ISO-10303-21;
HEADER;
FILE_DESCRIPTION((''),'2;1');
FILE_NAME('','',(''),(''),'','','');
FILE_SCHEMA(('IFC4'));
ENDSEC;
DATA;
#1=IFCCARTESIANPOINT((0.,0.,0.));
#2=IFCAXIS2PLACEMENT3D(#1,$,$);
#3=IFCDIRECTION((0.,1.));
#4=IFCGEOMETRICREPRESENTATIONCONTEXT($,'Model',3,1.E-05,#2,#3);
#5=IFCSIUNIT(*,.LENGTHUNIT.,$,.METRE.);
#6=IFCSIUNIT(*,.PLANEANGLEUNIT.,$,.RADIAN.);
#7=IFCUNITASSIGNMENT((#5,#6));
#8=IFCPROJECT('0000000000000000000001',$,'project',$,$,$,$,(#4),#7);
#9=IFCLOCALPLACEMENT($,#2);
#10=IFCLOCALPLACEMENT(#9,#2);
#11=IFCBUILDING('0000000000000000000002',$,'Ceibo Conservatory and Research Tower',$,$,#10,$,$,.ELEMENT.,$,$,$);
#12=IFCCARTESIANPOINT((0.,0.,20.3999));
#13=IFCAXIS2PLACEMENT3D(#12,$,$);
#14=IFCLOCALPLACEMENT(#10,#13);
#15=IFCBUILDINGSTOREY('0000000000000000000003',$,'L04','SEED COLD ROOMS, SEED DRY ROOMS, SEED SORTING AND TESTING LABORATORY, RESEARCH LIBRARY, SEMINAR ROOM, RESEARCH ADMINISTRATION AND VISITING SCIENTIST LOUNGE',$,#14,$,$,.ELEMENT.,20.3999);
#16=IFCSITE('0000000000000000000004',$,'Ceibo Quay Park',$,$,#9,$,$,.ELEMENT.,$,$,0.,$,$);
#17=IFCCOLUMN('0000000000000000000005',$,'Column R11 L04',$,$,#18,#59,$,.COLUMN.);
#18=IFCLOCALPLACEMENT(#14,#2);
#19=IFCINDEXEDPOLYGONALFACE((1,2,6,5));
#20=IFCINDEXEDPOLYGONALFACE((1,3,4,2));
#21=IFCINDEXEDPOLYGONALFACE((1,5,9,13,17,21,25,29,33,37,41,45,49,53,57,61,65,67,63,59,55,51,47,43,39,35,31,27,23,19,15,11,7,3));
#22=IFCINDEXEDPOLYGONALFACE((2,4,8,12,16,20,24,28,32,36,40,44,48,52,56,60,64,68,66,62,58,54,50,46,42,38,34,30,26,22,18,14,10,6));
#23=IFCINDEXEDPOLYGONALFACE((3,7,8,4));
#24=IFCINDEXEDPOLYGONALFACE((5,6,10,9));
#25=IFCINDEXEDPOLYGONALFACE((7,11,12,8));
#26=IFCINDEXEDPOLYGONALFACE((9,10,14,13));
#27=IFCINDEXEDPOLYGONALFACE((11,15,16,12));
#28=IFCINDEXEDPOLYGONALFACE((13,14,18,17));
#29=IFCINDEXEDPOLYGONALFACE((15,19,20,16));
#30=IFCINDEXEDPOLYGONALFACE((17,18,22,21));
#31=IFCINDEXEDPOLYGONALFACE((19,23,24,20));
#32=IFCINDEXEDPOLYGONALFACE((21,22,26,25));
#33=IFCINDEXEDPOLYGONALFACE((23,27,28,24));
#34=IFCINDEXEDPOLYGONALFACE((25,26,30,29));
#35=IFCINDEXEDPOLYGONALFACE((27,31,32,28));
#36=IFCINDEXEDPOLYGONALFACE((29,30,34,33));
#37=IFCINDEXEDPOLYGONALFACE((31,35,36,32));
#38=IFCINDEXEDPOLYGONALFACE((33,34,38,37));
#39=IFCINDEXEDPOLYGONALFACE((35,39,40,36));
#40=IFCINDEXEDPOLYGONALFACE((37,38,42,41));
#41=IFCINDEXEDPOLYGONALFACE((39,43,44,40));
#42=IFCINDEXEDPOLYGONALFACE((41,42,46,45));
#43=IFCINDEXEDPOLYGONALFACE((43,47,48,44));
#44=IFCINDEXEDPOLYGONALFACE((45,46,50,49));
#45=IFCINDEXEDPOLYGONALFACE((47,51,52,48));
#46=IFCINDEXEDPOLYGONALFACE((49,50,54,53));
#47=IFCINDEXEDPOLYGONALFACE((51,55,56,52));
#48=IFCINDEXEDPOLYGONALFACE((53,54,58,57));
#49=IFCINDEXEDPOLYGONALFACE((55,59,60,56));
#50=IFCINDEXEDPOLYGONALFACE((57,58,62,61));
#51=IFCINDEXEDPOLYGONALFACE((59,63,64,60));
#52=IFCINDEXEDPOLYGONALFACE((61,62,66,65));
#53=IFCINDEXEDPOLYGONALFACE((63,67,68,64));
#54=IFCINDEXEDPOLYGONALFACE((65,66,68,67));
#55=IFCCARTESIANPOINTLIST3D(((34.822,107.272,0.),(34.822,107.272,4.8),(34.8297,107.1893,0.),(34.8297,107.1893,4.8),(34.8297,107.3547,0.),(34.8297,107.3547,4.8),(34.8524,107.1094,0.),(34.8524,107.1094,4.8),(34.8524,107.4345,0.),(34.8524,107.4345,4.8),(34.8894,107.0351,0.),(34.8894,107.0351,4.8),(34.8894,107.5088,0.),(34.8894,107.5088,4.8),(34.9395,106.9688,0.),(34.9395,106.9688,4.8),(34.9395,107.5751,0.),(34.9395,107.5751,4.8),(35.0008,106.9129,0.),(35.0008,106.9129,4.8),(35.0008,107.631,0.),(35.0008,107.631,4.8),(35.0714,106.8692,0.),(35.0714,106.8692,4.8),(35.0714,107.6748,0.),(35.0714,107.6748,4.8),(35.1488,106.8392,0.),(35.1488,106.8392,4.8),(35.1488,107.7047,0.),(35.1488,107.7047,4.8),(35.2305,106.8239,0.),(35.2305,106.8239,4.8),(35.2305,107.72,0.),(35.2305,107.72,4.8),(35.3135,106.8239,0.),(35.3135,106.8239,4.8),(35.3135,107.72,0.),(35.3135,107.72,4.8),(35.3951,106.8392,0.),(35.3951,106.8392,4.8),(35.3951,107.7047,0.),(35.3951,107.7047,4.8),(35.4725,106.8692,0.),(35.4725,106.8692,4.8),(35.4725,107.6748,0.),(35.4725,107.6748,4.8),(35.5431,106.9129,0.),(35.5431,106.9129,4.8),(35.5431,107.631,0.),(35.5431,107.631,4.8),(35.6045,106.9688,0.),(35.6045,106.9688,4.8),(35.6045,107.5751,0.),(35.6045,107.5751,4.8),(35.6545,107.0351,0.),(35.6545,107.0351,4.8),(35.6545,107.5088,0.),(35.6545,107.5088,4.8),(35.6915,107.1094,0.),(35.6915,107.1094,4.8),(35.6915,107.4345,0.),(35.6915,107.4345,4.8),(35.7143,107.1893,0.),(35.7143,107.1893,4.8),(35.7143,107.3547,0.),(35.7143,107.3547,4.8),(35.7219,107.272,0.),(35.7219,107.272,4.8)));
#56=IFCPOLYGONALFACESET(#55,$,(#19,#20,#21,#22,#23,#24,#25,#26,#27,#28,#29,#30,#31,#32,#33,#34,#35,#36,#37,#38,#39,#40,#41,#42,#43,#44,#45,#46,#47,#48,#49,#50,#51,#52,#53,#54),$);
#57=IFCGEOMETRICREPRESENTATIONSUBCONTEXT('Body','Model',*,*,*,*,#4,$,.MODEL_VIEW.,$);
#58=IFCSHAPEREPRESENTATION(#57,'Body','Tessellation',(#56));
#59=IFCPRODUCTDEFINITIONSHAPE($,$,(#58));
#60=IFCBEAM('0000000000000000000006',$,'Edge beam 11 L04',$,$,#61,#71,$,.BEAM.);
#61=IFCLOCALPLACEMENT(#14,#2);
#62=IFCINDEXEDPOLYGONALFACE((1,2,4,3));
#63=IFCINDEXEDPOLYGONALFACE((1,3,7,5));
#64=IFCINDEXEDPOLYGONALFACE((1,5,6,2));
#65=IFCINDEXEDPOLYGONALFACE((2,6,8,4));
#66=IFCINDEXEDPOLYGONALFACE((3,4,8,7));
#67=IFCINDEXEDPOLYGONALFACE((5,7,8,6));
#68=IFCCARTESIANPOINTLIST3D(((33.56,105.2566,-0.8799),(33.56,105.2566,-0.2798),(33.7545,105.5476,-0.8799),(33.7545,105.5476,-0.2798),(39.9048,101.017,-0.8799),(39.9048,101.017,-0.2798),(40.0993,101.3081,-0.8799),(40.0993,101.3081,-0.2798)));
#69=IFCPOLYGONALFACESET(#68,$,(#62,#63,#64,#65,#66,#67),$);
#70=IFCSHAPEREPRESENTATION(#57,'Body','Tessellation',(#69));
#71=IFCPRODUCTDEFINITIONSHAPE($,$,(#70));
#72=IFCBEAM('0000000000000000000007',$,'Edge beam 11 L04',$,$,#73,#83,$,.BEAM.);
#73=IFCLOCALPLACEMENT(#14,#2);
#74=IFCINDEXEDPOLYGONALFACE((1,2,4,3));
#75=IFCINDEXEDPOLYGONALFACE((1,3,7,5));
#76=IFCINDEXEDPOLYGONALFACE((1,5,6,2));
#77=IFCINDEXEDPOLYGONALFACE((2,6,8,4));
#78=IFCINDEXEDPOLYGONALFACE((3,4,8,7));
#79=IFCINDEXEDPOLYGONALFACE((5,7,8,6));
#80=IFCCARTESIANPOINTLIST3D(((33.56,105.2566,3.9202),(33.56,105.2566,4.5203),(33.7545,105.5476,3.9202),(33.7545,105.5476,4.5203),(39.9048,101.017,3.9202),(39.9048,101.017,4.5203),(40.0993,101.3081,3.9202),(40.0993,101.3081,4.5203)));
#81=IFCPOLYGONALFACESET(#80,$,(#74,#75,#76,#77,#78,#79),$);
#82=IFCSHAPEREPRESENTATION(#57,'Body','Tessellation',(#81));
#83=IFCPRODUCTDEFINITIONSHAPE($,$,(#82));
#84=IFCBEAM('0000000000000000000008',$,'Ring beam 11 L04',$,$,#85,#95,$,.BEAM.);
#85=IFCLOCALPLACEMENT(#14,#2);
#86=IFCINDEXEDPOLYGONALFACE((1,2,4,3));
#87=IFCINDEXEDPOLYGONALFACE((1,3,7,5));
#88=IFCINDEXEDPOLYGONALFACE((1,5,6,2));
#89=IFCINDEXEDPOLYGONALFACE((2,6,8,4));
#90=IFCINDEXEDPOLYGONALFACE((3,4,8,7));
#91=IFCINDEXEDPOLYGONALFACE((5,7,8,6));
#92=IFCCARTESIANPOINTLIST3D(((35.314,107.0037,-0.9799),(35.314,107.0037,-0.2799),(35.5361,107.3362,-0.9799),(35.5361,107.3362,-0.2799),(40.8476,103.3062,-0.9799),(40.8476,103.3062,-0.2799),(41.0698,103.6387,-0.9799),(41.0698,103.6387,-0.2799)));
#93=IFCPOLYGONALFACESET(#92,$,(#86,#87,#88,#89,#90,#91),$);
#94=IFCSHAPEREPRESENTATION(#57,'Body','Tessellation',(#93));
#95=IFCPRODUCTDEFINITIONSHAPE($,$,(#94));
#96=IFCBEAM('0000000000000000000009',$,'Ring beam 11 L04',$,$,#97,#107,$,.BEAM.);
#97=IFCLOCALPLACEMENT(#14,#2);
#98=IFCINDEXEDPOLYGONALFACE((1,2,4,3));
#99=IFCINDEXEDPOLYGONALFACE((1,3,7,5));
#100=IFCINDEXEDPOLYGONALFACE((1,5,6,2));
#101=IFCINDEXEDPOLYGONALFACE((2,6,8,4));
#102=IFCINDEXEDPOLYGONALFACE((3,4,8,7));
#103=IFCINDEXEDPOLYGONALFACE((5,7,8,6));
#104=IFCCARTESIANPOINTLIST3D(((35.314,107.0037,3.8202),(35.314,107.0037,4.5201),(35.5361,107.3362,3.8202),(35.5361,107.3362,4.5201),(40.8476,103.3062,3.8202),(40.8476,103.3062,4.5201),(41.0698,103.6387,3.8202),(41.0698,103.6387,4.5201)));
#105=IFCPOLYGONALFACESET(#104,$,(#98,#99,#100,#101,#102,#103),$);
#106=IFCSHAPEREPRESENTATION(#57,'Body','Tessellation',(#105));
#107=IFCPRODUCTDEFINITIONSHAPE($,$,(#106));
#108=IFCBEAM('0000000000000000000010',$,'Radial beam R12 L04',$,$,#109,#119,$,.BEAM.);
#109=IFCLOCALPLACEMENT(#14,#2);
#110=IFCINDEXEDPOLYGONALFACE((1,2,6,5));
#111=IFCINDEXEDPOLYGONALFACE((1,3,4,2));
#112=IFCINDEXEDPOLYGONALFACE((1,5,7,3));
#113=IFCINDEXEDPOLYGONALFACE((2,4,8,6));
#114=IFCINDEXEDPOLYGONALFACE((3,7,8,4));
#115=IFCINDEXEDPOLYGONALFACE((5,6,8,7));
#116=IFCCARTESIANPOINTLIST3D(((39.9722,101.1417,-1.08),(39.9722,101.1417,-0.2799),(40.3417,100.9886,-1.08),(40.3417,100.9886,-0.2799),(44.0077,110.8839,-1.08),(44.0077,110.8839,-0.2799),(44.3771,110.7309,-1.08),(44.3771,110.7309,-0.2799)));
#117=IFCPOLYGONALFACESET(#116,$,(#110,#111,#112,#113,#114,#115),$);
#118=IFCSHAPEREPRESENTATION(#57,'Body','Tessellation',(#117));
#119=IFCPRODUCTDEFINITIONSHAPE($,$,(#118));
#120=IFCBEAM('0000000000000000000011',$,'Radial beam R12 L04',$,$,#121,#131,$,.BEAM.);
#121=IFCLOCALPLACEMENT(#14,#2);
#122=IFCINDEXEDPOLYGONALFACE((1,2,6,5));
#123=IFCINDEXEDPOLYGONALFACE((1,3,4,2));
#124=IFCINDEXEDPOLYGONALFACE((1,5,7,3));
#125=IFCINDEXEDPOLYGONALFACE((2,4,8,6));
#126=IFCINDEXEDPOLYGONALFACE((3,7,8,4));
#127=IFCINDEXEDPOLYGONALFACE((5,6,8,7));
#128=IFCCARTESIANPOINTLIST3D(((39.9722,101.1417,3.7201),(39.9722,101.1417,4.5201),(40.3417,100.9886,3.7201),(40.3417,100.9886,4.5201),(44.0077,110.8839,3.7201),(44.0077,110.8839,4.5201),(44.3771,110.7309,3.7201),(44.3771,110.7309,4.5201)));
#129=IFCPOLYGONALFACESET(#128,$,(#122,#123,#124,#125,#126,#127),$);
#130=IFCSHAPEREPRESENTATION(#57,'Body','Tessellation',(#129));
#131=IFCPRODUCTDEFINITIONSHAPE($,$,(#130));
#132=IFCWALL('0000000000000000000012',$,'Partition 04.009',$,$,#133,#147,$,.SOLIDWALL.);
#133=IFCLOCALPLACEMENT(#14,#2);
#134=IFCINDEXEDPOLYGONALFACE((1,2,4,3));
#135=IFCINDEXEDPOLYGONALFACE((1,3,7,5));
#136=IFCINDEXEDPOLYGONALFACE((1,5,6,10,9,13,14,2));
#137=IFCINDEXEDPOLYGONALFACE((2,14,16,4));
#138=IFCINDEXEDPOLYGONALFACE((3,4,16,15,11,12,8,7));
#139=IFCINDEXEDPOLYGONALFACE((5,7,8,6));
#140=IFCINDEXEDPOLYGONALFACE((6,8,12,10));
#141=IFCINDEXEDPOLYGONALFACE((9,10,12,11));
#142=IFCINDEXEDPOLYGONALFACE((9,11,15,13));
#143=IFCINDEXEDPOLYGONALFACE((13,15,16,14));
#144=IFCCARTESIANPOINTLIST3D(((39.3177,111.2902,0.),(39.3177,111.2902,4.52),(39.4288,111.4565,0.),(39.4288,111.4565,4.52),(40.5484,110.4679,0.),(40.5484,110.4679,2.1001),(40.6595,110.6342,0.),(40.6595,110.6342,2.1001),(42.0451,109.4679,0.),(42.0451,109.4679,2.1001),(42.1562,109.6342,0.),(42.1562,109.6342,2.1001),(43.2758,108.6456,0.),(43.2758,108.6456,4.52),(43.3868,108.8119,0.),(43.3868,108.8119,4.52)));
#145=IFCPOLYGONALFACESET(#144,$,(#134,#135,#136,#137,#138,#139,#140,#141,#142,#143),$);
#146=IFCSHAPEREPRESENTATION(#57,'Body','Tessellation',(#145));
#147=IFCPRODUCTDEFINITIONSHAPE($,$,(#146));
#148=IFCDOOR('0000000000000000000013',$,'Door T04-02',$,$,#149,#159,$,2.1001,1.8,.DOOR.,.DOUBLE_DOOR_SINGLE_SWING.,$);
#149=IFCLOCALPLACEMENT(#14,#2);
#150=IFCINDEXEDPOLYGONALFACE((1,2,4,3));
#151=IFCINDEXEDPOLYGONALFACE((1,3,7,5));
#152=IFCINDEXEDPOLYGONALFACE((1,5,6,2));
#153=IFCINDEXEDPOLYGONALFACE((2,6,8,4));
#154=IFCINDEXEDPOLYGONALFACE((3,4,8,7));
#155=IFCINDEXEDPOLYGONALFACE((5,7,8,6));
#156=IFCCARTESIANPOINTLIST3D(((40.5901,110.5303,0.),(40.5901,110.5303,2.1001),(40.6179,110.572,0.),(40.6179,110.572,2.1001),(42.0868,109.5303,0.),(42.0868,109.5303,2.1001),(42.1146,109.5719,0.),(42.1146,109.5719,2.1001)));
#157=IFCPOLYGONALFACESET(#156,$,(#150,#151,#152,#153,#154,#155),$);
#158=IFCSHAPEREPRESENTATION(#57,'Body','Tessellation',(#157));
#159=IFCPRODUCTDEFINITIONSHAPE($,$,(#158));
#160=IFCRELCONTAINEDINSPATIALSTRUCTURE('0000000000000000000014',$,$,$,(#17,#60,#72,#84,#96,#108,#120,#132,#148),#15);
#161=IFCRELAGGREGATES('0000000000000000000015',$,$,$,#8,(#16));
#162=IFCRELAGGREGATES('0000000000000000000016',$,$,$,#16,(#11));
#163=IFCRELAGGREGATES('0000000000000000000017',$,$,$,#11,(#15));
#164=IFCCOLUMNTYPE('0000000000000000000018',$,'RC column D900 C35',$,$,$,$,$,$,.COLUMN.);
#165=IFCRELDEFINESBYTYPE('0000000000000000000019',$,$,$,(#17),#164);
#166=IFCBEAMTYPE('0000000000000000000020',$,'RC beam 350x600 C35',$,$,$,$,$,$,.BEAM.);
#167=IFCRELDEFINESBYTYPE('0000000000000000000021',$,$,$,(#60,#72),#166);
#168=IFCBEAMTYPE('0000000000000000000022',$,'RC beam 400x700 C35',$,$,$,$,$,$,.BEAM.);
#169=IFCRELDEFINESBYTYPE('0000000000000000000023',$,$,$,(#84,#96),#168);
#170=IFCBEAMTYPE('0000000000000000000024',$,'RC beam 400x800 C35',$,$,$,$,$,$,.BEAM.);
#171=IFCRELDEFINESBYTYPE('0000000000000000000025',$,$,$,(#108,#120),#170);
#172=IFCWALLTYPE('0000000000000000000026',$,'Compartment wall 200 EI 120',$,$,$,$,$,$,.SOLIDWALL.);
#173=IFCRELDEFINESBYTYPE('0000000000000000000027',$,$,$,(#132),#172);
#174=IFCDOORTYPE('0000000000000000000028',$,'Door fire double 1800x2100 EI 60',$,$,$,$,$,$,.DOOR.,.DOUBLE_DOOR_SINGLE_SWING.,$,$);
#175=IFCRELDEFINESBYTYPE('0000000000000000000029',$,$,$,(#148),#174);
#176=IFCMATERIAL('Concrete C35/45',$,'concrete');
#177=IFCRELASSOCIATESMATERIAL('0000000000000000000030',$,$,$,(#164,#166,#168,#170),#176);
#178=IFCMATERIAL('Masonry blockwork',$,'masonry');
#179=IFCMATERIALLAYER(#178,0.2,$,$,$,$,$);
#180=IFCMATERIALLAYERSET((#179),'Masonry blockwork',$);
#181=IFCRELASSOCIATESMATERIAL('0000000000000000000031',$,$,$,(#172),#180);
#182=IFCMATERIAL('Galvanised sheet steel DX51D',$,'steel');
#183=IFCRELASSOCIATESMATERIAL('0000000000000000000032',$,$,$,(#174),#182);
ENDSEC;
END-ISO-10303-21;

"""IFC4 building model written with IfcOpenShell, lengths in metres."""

from ifc_helpers import new_model, si_unit, direction, frame, frame_2d, origin, origin_2d, place, context, subcontext, project, spatial, rectangle, circle, extrude, material, layer, layer_set, material_profile, profile_set, type_object, element, fill, save


model = new_model("IFC4")

# Units and contexts
model_context = context("Model", 3, precision=1e-05, world=origin(), true_north=direction((0.0, 1.0)))
body_context = subcontext(model_context, "Body", "Model", "MODEL_VIEW")
ifc_project = project(units=[si_unit("LENGTHUNIT", "METRE"), si_unit("PLANEANGLEUNIT", "RADIAN")], contexts=[model_context])

# Site, building, storey
site_placement = place(None, origin())
site = spatial("IfcSite", under=ifc_project, at=site_placement, Name="Ceibo Quay Park", CompositionType="ELEMENT", RefElevation=0.0)
building_placement = place(site_placement, origin())
building = spatial("IfcBuilding", under=site, at=building_placement, Name="Ceibo Conservatory and Research Tower", CompositionType="ELEMENT")
storey_placement = place(building_placement, frame((0.0, 0.0, 20.3999)))
storey = spatial("IfcBuildingStorey", under=building, at=storey_placement, Name="L04", Description="SEED COLD ROOMS, SEED DRY ROOMS, SEED SORTING AND TESTING LABORATORY, RESEARCH LIBRARY, SEMINAR ROOM, RESEARCH ADMINISTRATION AND VISITING SCIENTIST LOUNGE", CompositionType="ELEMENT", Elevation=20.3999)

# Column
ifc_material_1 = material(Name="Concrete C35/45", Category="concrete")
ifc_material_profile_1 = material_profile(ifc_material_1, circle(Radius=0.45, at=origin_2d()), Name="RC D900")
ifc_profile_set_1 = profile_set([ifc_material_profile_1], Name="Concrete C35/45")
column_type = type_object("IfcColumnType", Name="RC column D900 C35", PredefinedType="COLUMN", material=ifc_profile_set_1)
column_placement = place(storey_placement, frame((35.272, 107.272, 0.0), z_axis=(0.0, 0.0, 1.0), x_axis=(1.0, 0.0, 0.0)))
element("IfcColumn", 1, at=column_placement, inside=storey, type_object=column_type, Name="Column R11 L04", PredefinedType="COLUMN", context=body_context, shape_type="SweptSolid", body=[
    extrude(circle(Radius=0.45, at=origin_2d()), origin(), (0.0, 0.0, 1.0), 4.8),
])

# Beams
ifc_material_profile_2 = material_profile(ifc_material_1, rectangle(XDim=0.3501, YDim=0.6001, at=origin_2d()), Name="RC 350x600")
ifc_profile_set_2 = profile_set([ifc_material_profile_2], Name="Concrete C35/45")
beam_type_1 = type_object("IfcBeamType", Name="RC beam 350x600 C35", PredefinedType="BEAM", material=ifc_profile_set_2)
for number, where, z_axis, x_axis, name in (
    (2, (33.6572, 105.4021, -0.5798), (0.831464, -0.555578, 0.0), (0.555578, 0.831464, 0.0), "Edge beam 11 L04"),
    (3, (33.6572, 105.4021, 4.2202), (0.831464, -0.555578, 0.0), (0.555578, 0.831464, 0.0), "Edge beam 11 L04"),
):
    element("IfcBeam", number, at=place(storey_placement, frame(where, z_axis=z_axis, x_axis=x_axis)), inside=storey, type_object=beam_type_1, Name=name, PredefinedType="BEAM", context=body_context, shape_type="SweptSolid", body=[
        extrude(rectangle(XDim=0.3501, YDim=0.6001, at=origin_2d()), origin(), (0.0, 0.0, 1.0), 7.6309),
    ])
ifc_material_profile_3 = material_profile(ifc_material_1, rectangle(XDim=0.3999, YDim=0.7, at=origin_2d()), Name="RC 400x700")
ifc_profile_set_3 = profile_set([ifc_material_profile_3], Name="Concrete C35/45")
beam_type_2 = type_object("IfcBeamType", Name="RC beam 400x700 C35", PredefinedType="BEAM", material=ifc_profile_set_3)
for number, where, z_axis, x_axis, name in (
    (4, (35.425, 107.1699, -0.6299), (0.831469, -0.555572, 0.0), (0.555572, 0.831469, 0.0), "Ring beam 11 L04"),
    (5, (35.425, 107.1699, 4.1702), (0.831469, -0.555572, 0.0), (0.555572, 0.831469, 0.0), "Ring beam 11 L04"),
):
    element("IfcBeam", number, at=place(storey_placement, frame(where, z_axis=z_axis, x_axis=x_axis)), inside=storey, type_object=beam_type_2, Name=name, PredefinedType="BEAM", context=body_context, shape_type="SweptSolid", body=[
        extrude(rectangle(XDim=0.3999, YDim=0.7, at=origin_2d()), origin(), (0.0, 0.0, 1.0), 6.6553),
    ])
ifc_material_profile_4 = material_profile(ifc_material_1, rectangle(XDim=0.3999, YDim=0.8, at=origin_2d()), Name="RC 400x800")
ifc_profile_set_4 = profile_set([ifc_material_profile_4], Name="Concrete C35/45")
beam_type_3 = type_object("IfcBeamType", Name="RC beam 400x800 C35", PredefinedType="BEAM", material=ifc_profile_set_4)
for number, where, z_axis, x_axis, name in (
    (6, (44.1924, 110.8074, -0.6799), (-0.382688, -0.923878, 0.0), (0.923878, -0.382688, 0.0), "Radial beam R12 L04"),
    (7, (44.1924, 110.8074, 4.1201), (-0.382688, -0.923878, 0.0), (0.923878, -0.382688, 0.0), "Radial beam R12 L04"),
):
    element("IfcBeam", number, at=place(storey_placement, frame(where, z_axis=z_axis, x_axis=x_axis)), inside=storey, type_object=beam_type_3, Name=name, PredefinedType="BEAM", context=body_context, shape_type="SweptSolid", body=[
        extrude(rectangle(XDim=0.3999, YDim=0.8, at=origin_2d()), origin(), (0.0, 0.0, 1.0), 10.5449),
    ])

# Wall, opening, door
ifc_material_2 = material(Name="Masonry blockwork", Category="masonry")
ifc_layer_1 = layer(ifc_material_2, 0.2)
ifc_layer_set_1 = layer_set([ifc_layer_1], Name="Masonry blockwork")
wall_type_1 = type_object("IfcWallType", Name="Compartment wall 200 EI 120", PredefinedType="SOLIDWALL", material=ifc_layer_set_1)
wall_1_placement = place(storey_placement, frame((43.3313, 108.7288, 0.0), z_axis=(0.0, 0.0, 1.0), x_axis=(-0.831482, 0.555552, 0.0)))
wall_1 = element("IfcWall", 8, at=wall_1_placement, inside=storey, type_object=wall_type_1, Name="Partition 04.009", PredefinedType="SOLIDWALL", context=body_context, shape_type="SweptSolid", body=[
    extrude(rectangle(XDim=4.7603, YDim=0.2, at=frame_2d((2.3801, 0.0))), origin(), (0.0, 0.0, 1.0), 4.52),
])
opening_1_placement = place(wall_1_placement, frame((1.4802, 0.0, 0.0)))
opening_1 = element("IfcOpeningElement", 9, at=opening_1_placement, cuts=wall_1, PredefinedType="OPENING", context=body_context, shape_type="SweptSolid", body=[
    extrude(rectangle(XDim=1.8, YDim=2.1001, at=frame_2d((0.8999, 1.05))), frame((0.0, 0.1099, 0.0), z_axis=(0.0, -1.0, 0.0), x_axis=(1.0, 0.0, 0.0)), (0.0, 0.0, 1.0), 0.22),
])
ifc_material_3 = material(Name="Galvanised sheet steel DX51D", Category="steel")
door_type_1 = type_object("IfcDoorType", Name="Door fire double 1800x2100 EI 60", OperationType="DOUBLE_DOOR_SINGLE_SWING", PredefinedType="DOOR", material=ifc_material_3)
door_1_placement = place(opening_1_placement, origin())
door_1 = element("IfcDoor", 10, at=door_1_placement, inside=storey, type_object=door_type_1, Name="Door T04-02", OperationType="DOUBLE_DOOR_SINGLE_SWING", OverallHeight=2.1001, OverallWidth=1.8, PredefinedType="DOOR", context=body_context, shape_type="SweptSolid", body=[
    extrude(rectangle(XDim=1.8, YDim=2.1001, at=frame_2d((0.8999, 1.05))), frame((0.0, 0.0249, 0.0), z_axis=(0.0, -1.0, 0.0), x_axis=(1.0, 0.0, 0.0)), (0.0, 0.0, 1.0), 0.05),
])
fill(opening_1, door_1)

save(model, "model.ifc")
